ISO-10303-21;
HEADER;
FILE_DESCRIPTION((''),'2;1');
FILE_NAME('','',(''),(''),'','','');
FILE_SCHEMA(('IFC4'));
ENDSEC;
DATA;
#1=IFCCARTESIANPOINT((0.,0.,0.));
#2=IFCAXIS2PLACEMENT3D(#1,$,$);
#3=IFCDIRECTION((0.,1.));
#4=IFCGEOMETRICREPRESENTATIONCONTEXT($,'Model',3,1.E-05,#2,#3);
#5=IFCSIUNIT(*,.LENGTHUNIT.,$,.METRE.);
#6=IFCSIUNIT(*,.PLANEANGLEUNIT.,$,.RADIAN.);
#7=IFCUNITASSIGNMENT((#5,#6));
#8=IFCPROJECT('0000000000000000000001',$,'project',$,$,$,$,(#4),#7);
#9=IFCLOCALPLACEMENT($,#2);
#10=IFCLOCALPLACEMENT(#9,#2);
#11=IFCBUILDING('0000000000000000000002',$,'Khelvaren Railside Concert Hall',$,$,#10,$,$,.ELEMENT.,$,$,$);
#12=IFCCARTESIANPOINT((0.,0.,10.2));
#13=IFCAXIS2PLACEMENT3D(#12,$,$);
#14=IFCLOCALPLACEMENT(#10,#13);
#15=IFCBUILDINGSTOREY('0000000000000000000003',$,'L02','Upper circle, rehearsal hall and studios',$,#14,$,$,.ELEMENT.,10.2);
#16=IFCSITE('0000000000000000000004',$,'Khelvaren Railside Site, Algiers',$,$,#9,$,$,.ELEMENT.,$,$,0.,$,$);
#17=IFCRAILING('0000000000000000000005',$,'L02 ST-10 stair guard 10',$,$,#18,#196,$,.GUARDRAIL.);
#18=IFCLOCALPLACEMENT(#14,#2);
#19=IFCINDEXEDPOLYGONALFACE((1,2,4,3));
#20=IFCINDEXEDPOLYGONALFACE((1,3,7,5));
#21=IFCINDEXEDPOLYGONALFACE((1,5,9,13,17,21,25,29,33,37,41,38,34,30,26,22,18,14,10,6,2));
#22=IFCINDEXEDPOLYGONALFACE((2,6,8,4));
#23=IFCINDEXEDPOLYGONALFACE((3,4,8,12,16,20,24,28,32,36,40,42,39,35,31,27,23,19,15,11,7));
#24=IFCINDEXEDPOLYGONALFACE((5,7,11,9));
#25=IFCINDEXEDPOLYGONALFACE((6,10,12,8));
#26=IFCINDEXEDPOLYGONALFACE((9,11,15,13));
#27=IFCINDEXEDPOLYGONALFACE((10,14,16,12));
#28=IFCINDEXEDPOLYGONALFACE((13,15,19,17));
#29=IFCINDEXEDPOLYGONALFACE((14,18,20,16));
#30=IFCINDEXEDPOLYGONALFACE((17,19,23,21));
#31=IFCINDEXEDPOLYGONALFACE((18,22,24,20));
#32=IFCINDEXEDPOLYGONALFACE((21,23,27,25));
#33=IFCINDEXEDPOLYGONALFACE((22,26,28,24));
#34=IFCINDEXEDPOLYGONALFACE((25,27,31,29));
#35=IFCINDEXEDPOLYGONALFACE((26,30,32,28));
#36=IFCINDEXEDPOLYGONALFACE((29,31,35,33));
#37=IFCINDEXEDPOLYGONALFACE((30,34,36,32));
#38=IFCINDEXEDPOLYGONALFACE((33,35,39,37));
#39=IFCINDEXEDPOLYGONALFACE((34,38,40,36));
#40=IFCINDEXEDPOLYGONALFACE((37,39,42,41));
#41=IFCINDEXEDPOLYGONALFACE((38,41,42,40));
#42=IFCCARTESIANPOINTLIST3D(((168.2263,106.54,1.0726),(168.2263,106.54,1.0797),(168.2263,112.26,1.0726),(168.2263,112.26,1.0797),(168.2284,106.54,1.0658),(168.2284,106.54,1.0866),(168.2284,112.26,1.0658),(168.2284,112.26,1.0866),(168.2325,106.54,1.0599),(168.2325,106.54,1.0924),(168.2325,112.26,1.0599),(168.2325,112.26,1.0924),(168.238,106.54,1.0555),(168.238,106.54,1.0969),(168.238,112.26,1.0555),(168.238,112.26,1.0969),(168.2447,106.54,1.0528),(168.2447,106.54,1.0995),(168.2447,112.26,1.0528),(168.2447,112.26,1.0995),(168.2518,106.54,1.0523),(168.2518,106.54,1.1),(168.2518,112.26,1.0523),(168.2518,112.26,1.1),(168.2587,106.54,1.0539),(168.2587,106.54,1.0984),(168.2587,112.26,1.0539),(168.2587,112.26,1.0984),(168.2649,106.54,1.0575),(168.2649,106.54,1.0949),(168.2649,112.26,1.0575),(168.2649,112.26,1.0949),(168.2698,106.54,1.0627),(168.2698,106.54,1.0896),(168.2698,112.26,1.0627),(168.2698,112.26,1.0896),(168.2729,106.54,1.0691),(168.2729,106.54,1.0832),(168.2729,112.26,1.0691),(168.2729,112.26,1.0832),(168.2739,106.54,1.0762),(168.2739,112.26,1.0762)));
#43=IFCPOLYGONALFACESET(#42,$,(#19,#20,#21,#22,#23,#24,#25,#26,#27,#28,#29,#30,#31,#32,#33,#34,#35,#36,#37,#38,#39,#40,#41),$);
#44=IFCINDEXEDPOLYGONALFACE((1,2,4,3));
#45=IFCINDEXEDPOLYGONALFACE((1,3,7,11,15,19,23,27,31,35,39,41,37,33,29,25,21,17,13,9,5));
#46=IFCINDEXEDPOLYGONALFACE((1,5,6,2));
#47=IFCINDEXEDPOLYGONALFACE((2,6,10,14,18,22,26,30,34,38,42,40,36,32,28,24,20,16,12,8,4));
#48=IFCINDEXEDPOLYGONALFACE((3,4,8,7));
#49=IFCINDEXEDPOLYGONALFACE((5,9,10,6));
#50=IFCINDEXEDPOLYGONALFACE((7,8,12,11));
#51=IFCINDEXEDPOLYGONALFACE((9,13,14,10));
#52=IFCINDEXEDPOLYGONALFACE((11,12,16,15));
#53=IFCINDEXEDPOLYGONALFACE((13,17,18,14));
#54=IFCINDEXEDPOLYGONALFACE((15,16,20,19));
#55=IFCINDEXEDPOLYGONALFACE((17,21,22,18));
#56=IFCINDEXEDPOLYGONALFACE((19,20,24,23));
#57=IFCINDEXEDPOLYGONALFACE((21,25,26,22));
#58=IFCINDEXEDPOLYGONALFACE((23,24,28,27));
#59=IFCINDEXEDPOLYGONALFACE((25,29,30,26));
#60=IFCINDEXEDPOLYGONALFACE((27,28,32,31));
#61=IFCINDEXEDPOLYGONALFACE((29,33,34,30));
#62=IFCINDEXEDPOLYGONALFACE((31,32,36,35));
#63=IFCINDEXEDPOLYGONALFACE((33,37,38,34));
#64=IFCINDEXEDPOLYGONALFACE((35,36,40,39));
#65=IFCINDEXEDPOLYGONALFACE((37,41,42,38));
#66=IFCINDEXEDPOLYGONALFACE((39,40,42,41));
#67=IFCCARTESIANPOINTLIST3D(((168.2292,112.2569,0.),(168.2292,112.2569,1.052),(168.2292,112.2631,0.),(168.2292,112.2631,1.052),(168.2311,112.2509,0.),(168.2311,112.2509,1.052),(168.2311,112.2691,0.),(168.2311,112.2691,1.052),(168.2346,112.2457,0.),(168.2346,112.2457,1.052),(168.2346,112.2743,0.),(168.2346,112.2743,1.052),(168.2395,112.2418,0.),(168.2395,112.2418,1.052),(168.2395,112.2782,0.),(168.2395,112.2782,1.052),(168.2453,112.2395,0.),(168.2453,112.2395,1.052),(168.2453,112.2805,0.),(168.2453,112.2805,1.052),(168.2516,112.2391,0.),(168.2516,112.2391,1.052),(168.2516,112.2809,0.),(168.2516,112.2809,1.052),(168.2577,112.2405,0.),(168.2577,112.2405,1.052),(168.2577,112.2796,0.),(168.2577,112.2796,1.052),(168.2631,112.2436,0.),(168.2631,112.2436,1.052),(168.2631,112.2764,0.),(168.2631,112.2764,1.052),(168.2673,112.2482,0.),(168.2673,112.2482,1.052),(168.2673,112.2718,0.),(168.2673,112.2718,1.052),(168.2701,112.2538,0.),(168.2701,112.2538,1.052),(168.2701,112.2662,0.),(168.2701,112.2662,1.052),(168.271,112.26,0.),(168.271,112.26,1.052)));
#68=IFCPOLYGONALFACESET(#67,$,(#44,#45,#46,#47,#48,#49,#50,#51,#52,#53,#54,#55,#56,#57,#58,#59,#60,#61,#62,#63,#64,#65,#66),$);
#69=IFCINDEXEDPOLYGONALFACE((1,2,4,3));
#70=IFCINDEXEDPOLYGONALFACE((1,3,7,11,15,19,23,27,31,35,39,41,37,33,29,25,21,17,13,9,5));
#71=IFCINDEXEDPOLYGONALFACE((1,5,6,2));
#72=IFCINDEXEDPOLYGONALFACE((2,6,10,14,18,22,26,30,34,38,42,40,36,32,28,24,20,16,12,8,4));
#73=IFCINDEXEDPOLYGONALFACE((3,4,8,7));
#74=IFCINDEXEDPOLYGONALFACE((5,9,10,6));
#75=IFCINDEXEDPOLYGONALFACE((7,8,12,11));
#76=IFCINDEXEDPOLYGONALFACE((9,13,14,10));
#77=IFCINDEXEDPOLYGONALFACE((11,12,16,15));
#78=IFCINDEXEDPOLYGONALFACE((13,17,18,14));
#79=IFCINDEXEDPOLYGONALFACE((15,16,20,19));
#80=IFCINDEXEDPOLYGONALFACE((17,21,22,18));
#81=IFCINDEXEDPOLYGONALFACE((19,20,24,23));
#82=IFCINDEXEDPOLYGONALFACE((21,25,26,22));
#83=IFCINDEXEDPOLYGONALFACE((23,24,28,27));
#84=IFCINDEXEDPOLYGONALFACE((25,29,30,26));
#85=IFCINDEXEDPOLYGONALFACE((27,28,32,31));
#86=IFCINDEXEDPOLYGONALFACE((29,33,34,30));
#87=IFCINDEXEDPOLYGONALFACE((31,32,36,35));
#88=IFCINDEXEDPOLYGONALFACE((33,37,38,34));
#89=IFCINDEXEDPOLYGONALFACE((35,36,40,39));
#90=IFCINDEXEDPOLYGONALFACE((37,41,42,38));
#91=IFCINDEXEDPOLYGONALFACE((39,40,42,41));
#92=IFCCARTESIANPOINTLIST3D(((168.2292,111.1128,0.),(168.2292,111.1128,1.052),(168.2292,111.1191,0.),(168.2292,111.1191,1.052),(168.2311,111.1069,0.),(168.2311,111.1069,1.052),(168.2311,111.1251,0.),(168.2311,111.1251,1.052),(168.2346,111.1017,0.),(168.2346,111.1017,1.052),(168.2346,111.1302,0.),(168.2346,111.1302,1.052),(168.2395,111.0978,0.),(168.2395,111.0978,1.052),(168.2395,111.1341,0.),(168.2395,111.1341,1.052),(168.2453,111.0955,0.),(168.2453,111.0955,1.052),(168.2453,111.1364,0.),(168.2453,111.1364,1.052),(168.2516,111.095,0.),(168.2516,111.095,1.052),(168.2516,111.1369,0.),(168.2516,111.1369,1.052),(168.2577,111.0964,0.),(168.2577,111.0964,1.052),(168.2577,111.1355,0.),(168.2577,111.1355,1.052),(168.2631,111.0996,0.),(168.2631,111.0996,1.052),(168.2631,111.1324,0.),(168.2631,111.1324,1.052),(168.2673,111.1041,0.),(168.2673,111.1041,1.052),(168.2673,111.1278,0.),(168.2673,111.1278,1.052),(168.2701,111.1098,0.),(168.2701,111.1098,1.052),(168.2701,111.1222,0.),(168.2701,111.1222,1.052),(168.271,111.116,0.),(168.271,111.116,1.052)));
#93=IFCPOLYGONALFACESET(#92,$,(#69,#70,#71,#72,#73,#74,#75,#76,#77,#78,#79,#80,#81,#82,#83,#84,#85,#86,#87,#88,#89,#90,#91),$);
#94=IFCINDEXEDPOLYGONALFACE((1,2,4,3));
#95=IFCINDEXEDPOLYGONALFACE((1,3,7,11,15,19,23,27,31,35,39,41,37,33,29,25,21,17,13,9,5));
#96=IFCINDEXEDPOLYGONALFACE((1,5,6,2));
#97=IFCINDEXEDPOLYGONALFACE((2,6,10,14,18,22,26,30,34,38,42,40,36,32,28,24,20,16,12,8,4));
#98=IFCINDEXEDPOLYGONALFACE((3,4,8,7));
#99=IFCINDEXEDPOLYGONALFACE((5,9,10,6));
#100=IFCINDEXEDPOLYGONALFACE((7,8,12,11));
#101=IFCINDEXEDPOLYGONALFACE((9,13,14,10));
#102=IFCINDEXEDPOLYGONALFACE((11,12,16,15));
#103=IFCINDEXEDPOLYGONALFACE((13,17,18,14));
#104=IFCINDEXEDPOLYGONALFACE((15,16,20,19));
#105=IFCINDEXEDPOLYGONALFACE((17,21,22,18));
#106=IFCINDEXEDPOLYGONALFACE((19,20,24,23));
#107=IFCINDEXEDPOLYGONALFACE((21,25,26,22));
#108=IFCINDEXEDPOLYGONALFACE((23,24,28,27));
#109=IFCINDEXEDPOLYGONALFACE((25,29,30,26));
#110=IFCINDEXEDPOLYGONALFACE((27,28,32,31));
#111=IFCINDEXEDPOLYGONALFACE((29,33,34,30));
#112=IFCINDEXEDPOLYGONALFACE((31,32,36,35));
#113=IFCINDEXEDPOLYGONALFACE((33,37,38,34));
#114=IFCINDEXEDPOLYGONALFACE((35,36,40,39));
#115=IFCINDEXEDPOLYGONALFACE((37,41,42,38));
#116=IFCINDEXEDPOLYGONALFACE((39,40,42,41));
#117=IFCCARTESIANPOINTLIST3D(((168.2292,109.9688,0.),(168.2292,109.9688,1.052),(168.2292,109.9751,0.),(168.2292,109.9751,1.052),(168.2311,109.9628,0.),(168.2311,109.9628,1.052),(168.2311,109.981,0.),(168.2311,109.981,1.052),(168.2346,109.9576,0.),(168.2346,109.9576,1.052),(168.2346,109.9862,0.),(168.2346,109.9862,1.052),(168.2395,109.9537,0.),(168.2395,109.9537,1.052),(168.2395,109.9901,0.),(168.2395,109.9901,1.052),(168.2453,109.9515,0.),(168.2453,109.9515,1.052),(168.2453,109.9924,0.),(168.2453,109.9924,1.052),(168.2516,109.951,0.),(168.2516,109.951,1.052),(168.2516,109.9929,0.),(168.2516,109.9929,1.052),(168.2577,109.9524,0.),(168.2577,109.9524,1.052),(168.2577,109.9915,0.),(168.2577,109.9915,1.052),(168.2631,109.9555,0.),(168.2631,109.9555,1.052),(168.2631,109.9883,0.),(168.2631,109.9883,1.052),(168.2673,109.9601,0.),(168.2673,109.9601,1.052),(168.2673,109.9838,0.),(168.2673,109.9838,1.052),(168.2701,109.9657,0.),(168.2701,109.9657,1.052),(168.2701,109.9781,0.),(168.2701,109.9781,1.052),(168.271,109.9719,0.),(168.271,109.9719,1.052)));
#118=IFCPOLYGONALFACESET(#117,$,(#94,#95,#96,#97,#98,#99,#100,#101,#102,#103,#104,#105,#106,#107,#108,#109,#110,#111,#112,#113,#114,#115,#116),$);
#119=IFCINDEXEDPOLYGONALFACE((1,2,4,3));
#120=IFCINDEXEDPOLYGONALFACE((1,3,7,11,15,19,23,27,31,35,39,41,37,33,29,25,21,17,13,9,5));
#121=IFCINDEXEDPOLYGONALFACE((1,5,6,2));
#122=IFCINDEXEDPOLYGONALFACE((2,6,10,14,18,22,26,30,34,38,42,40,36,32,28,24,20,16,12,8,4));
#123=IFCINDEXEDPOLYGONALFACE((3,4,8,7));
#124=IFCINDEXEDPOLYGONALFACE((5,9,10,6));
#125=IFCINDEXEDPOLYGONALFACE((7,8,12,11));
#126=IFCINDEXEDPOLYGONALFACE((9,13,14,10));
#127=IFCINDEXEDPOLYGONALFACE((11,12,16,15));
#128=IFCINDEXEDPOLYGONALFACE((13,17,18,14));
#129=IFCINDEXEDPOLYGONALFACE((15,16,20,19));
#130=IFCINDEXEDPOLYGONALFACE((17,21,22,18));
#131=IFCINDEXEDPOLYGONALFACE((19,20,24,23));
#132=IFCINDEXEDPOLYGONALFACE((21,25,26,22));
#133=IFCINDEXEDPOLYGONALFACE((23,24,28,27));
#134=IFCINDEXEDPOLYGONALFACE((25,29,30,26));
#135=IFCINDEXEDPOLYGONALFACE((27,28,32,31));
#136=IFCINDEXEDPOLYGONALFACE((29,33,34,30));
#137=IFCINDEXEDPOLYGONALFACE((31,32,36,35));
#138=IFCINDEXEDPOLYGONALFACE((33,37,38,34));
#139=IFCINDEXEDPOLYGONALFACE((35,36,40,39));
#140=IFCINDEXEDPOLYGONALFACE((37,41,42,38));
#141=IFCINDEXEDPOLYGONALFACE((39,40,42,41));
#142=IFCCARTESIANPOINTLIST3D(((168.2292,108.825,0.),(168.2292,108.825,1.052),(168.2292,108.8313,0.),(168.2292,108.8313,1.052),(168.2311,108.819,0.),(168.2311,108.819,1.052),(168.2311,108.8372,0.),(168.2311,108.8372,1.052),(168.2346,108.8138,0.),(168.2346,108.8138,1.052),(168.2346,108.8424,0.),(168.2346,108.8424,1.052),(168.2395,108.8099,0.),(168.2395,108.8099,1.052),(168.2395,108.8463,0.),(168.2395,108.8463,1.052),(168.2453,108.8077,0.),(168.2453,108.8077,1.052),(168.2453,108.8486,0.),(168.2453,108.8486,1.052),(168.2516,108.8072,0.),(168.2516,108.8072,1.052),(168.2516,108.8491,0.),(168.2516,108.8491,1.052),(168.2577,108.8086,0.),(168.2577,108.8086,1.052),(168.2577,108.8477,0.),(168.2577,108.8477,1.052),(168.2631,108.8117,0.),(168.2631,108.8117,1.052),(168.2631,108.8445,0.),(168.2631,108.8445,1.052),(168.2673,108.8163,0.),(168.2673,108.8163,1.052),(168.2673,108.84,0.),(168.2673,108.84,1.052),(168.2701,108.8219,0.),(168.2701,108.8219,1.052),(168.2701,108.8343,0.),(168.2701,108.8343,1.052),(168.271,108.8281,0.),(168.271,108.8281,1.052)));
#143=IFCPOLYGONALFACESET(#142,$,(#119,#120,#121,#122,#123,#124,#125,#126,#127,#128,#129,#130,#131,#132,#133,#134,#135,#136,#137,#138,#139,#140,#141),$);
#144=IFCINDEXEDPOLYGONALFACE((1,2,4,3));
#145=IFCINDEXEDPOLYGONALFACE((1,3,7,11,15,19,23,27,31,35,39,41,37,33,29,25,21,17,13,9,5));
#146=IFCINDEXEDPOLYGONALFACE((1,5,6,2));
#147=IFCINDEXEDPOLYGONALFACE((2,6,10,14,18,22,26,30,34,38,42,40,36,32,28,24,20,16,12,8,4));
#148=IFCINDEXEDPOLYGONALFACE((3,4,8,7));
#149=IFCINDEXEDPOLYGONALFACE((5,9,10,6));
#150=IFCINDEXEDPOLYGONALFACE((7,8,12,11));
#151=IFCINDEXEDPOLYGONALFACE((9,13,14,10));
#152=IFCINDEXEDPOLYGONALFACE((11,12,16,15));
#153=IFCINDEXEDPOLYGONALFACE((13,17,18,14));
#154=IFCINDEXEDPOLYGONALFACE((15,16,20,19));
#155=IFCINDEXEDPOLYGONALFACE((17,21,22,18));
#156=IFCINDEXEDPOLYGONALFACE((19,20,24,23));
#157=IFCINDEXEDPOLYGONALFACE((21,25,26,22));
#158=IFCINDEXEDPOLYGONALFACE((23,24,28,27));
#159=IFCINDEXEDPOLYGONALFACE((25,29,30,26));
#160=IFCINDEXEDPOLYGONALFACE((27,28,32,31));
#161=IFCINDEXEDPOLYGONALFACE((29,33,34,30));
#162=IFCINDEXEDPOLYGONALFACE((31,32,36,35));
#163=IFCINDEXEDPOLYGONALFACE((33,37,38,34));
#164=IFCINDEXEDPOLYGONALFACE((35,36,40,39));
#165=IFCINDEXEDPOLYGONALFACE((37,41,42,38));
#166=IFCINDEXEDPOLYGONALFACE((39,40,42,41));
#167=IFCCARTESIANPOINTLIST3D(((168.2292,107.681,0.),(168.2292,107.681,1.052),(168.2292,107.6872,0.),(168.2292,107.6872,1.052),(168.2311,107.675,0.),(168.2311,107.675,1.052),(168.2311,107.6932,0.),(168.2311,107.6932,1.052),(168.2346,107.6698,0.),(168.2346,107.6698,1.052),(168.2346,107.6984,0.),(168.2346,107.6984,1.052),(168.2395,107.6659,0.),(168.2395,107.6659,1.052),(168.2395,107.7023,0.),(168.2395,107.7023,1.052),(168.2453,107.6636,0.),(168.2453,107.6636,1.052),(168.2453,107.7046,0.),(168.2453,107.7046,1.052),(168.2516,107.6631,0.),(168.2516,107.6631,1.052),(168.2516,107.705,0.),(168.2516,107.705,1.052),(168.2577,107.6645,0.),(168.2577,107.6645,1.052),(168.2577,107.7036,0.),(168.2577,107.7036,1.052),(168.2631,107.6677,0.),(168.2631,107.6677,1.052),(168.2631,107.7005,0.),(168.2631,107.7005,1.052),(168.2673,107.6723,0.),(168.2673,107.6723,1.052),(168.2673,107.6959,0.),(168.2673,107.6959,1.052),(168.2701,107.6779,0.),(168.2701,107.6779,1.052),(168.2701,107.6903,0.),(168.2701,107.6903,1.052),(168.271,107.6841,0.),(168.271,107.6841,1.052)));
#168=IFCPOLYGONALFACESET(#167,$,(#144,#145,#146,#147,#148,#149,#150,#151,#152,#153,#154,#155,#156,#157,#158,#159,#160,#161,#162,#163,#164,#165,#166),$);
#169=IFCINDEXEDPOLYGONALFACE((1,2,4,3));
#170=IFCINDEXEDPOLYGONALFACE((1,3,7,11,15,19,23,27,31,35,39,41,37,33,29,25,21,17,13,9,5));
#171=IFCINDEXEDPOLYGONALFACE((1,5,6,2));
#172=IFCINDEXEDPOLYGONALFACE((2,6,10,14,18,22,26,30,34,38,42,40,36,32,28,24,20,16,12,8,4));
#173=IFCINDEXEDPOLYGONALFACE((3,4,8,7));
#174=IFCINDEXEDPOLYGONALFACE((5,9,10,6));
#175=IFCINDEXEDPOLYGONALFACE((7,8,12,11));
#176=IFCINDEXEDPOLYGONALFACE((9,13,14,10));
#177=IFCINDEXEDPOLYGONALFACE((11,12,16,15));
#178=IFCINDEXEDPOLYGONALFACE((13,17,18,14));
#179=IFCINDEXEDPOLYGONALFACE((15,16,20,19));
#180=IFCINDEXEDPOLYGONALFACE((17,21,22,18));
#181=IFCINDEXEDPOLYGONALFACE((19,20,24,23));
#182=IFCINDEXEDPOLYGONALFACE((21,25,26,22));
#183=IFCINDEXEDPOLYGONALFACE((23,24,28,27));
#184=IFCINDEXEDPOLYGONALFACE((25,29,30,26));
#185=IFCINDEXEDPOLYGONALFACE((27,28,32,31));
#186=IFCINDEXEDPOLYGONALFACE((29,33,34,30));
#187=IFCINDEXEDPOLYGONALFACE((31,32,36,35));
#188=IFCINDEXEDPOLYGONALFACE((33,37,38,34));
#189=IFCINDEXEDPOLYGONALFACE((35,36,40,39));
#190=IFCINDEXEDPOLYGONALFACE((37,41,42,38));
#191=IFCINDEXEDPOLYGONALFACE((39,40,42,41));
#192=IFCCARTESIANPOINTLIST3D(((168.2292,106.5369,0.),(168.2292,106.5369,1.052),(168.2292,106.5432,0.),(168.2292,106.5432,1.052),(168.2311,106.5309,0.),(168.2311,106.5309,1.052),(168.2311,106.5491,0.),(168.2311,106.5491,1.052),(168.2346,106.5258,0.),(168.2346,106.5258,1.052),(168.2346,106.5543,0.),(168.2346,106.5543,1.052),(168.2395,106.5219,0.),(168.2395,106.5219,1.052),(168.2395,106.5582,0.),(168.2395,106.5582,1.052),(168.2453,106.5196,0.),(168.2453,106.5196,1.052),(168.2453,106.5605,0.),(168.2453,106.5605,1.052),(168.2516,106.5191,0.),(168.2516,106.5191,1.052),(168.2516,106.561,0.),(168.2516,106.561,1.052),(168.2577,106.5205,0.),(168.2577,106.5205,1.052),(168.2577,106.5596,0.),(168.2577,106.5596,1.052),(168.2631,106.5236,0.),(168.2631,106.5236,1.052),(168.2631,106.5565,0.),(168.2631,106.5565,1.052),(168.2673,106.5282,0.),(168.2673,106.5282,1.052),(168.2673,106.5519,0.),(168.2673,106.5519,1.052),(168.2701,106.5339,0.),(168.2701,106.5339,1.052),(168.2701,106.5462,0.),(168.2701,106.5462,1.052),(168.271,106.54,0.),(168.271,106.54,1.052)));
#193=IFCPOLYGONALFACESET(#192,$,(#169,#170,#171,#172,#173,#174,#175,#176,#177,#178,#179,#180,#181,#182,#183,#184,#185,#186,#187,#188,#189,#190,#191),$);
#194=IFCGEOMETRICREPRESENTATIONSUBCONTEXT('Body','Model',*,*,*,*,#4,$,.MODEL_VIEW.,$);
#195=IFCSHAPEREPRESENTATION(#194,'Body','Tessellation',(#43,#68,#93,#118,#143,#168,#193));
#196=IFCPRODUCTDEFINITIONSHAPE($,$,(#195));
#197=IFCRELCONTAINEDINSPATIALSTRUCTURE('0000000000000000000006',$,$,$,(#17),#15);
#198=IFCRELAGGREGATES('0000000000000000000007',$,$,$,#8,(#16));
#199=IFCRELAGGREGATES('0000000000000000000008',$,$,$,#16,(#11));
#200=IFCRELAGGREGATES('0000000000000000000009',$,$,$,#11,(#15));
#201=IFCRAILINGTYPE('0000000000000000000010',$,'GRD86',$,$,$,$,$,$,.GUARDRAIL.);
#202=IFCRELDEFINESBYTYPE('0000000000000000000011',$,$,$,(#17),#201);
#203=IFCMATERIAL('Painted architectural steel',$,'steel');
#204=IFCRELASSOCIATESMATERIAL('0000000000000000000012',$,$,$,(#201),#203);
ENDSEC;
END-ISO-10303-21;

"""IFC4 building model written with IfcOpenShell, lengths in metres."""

from ifc_helpers import new_model, si_unit, direction, frame, origin, origin_2d, place, context, subcontext, project, spatial, circle, extrude, material, type_object, element, save


model = new_model("IFC4")

# Units and contexts
model_context = context("Model", 3, precision=1e-05, world=origin(), true_north=direction((0.0, 1.0)))
body_context = subcontext(model_context, "Body", "Model", "MODEL_VIEW")
ifc_project = project(units=[si_unit("LENGTHUNIT", "METRE"), si_unit("PLANEANGLEUNIT", "RADIAN")], contexts=[model_context])

# Site, building, storey
site_placement = place(None, origin())
site = spatial("IfcSite", under=ifc_project, at=site_placement, Name="Khelvaren Railside Site, Algiers", CompositionType="ELEMENT", RefElevation=0.0)
building_placement = place(site_placement, origin())
building = spatial("IfcBuilding", under=site, at=building_placement, Name="Khelvaren Railside Concert Hall", CompositionType="ELEMENT")
storey_placement = place(building_placement, frame((0.0, 0.0, 10.2)))
storey = spatial("IfcBuildingStorey", under=building, at=storey_placement, Name="L02", Description="Upper circle, rehearsal hall and studios", CompositionType="ELEMENT", Elevation=10.2)

# Railing
ifc_material_1 = material(Name="Painted architectural steel", Category="steel")
railing_type_1 = type_object("IfcRailingType", Name="GRD86", PredefinedType="GUARDRAIL", material=ifc_material_1)
railing_1_placement = place(storey_placement, frame((168.25, 112.26, 0.0)))
element("IfcRailing", 1, at=railing_1_placement, inside=storey, type_object=railing_type_1, Name="L02 ST-10 stair guard 10", PredefinedType="GUARDRAIL", context=body_context, shape_type="SweptSolid", body=[
    extrude(circle(Radius=0.0239, at=origin_2d()), frame((0.0, 0.0, 1.0762), z_axis=(0.0, -1.0, 0.0), x_axis=(1.0, 0.0, 0.0)), (0.0, 0.0, 1.0), 5.72),
    extrude(circle(Radius=0.021, at=origin_2d()), origin(), (0.0, 0.0, 1.0), 1.052),
    extrude(circle(Radius=0.021, at=origin_2d()), frame((0.0, -1.144, 0.0)), (0.0, 0.0, 1.0), 1.052),
    extrude(circle(Radius=0.021, at=origin_2d()), frame((0.0, -2.2881, 0.0)), (0.0, 0.0, 1.0), 1.052),
    extrude(circle(Radius=0.021, at=origin_2d()), frame((0.0, -3.4319, 0.0)), (0.0, 0.0, 1.0), 1.052),
    extrude(circle(Radius=0.021, at=origin_2d()), frame((0.0, -4.5759, 0.0)), (0.0, 0.0, 1.0), 1.052),
    extrude(circle(Radius=0.021, at=origin_2d()), frame((0.0, -5.72, 0.0)), (0.0, 0.0, 1.0), 1.052),
])

save(model, "model.ifc")
